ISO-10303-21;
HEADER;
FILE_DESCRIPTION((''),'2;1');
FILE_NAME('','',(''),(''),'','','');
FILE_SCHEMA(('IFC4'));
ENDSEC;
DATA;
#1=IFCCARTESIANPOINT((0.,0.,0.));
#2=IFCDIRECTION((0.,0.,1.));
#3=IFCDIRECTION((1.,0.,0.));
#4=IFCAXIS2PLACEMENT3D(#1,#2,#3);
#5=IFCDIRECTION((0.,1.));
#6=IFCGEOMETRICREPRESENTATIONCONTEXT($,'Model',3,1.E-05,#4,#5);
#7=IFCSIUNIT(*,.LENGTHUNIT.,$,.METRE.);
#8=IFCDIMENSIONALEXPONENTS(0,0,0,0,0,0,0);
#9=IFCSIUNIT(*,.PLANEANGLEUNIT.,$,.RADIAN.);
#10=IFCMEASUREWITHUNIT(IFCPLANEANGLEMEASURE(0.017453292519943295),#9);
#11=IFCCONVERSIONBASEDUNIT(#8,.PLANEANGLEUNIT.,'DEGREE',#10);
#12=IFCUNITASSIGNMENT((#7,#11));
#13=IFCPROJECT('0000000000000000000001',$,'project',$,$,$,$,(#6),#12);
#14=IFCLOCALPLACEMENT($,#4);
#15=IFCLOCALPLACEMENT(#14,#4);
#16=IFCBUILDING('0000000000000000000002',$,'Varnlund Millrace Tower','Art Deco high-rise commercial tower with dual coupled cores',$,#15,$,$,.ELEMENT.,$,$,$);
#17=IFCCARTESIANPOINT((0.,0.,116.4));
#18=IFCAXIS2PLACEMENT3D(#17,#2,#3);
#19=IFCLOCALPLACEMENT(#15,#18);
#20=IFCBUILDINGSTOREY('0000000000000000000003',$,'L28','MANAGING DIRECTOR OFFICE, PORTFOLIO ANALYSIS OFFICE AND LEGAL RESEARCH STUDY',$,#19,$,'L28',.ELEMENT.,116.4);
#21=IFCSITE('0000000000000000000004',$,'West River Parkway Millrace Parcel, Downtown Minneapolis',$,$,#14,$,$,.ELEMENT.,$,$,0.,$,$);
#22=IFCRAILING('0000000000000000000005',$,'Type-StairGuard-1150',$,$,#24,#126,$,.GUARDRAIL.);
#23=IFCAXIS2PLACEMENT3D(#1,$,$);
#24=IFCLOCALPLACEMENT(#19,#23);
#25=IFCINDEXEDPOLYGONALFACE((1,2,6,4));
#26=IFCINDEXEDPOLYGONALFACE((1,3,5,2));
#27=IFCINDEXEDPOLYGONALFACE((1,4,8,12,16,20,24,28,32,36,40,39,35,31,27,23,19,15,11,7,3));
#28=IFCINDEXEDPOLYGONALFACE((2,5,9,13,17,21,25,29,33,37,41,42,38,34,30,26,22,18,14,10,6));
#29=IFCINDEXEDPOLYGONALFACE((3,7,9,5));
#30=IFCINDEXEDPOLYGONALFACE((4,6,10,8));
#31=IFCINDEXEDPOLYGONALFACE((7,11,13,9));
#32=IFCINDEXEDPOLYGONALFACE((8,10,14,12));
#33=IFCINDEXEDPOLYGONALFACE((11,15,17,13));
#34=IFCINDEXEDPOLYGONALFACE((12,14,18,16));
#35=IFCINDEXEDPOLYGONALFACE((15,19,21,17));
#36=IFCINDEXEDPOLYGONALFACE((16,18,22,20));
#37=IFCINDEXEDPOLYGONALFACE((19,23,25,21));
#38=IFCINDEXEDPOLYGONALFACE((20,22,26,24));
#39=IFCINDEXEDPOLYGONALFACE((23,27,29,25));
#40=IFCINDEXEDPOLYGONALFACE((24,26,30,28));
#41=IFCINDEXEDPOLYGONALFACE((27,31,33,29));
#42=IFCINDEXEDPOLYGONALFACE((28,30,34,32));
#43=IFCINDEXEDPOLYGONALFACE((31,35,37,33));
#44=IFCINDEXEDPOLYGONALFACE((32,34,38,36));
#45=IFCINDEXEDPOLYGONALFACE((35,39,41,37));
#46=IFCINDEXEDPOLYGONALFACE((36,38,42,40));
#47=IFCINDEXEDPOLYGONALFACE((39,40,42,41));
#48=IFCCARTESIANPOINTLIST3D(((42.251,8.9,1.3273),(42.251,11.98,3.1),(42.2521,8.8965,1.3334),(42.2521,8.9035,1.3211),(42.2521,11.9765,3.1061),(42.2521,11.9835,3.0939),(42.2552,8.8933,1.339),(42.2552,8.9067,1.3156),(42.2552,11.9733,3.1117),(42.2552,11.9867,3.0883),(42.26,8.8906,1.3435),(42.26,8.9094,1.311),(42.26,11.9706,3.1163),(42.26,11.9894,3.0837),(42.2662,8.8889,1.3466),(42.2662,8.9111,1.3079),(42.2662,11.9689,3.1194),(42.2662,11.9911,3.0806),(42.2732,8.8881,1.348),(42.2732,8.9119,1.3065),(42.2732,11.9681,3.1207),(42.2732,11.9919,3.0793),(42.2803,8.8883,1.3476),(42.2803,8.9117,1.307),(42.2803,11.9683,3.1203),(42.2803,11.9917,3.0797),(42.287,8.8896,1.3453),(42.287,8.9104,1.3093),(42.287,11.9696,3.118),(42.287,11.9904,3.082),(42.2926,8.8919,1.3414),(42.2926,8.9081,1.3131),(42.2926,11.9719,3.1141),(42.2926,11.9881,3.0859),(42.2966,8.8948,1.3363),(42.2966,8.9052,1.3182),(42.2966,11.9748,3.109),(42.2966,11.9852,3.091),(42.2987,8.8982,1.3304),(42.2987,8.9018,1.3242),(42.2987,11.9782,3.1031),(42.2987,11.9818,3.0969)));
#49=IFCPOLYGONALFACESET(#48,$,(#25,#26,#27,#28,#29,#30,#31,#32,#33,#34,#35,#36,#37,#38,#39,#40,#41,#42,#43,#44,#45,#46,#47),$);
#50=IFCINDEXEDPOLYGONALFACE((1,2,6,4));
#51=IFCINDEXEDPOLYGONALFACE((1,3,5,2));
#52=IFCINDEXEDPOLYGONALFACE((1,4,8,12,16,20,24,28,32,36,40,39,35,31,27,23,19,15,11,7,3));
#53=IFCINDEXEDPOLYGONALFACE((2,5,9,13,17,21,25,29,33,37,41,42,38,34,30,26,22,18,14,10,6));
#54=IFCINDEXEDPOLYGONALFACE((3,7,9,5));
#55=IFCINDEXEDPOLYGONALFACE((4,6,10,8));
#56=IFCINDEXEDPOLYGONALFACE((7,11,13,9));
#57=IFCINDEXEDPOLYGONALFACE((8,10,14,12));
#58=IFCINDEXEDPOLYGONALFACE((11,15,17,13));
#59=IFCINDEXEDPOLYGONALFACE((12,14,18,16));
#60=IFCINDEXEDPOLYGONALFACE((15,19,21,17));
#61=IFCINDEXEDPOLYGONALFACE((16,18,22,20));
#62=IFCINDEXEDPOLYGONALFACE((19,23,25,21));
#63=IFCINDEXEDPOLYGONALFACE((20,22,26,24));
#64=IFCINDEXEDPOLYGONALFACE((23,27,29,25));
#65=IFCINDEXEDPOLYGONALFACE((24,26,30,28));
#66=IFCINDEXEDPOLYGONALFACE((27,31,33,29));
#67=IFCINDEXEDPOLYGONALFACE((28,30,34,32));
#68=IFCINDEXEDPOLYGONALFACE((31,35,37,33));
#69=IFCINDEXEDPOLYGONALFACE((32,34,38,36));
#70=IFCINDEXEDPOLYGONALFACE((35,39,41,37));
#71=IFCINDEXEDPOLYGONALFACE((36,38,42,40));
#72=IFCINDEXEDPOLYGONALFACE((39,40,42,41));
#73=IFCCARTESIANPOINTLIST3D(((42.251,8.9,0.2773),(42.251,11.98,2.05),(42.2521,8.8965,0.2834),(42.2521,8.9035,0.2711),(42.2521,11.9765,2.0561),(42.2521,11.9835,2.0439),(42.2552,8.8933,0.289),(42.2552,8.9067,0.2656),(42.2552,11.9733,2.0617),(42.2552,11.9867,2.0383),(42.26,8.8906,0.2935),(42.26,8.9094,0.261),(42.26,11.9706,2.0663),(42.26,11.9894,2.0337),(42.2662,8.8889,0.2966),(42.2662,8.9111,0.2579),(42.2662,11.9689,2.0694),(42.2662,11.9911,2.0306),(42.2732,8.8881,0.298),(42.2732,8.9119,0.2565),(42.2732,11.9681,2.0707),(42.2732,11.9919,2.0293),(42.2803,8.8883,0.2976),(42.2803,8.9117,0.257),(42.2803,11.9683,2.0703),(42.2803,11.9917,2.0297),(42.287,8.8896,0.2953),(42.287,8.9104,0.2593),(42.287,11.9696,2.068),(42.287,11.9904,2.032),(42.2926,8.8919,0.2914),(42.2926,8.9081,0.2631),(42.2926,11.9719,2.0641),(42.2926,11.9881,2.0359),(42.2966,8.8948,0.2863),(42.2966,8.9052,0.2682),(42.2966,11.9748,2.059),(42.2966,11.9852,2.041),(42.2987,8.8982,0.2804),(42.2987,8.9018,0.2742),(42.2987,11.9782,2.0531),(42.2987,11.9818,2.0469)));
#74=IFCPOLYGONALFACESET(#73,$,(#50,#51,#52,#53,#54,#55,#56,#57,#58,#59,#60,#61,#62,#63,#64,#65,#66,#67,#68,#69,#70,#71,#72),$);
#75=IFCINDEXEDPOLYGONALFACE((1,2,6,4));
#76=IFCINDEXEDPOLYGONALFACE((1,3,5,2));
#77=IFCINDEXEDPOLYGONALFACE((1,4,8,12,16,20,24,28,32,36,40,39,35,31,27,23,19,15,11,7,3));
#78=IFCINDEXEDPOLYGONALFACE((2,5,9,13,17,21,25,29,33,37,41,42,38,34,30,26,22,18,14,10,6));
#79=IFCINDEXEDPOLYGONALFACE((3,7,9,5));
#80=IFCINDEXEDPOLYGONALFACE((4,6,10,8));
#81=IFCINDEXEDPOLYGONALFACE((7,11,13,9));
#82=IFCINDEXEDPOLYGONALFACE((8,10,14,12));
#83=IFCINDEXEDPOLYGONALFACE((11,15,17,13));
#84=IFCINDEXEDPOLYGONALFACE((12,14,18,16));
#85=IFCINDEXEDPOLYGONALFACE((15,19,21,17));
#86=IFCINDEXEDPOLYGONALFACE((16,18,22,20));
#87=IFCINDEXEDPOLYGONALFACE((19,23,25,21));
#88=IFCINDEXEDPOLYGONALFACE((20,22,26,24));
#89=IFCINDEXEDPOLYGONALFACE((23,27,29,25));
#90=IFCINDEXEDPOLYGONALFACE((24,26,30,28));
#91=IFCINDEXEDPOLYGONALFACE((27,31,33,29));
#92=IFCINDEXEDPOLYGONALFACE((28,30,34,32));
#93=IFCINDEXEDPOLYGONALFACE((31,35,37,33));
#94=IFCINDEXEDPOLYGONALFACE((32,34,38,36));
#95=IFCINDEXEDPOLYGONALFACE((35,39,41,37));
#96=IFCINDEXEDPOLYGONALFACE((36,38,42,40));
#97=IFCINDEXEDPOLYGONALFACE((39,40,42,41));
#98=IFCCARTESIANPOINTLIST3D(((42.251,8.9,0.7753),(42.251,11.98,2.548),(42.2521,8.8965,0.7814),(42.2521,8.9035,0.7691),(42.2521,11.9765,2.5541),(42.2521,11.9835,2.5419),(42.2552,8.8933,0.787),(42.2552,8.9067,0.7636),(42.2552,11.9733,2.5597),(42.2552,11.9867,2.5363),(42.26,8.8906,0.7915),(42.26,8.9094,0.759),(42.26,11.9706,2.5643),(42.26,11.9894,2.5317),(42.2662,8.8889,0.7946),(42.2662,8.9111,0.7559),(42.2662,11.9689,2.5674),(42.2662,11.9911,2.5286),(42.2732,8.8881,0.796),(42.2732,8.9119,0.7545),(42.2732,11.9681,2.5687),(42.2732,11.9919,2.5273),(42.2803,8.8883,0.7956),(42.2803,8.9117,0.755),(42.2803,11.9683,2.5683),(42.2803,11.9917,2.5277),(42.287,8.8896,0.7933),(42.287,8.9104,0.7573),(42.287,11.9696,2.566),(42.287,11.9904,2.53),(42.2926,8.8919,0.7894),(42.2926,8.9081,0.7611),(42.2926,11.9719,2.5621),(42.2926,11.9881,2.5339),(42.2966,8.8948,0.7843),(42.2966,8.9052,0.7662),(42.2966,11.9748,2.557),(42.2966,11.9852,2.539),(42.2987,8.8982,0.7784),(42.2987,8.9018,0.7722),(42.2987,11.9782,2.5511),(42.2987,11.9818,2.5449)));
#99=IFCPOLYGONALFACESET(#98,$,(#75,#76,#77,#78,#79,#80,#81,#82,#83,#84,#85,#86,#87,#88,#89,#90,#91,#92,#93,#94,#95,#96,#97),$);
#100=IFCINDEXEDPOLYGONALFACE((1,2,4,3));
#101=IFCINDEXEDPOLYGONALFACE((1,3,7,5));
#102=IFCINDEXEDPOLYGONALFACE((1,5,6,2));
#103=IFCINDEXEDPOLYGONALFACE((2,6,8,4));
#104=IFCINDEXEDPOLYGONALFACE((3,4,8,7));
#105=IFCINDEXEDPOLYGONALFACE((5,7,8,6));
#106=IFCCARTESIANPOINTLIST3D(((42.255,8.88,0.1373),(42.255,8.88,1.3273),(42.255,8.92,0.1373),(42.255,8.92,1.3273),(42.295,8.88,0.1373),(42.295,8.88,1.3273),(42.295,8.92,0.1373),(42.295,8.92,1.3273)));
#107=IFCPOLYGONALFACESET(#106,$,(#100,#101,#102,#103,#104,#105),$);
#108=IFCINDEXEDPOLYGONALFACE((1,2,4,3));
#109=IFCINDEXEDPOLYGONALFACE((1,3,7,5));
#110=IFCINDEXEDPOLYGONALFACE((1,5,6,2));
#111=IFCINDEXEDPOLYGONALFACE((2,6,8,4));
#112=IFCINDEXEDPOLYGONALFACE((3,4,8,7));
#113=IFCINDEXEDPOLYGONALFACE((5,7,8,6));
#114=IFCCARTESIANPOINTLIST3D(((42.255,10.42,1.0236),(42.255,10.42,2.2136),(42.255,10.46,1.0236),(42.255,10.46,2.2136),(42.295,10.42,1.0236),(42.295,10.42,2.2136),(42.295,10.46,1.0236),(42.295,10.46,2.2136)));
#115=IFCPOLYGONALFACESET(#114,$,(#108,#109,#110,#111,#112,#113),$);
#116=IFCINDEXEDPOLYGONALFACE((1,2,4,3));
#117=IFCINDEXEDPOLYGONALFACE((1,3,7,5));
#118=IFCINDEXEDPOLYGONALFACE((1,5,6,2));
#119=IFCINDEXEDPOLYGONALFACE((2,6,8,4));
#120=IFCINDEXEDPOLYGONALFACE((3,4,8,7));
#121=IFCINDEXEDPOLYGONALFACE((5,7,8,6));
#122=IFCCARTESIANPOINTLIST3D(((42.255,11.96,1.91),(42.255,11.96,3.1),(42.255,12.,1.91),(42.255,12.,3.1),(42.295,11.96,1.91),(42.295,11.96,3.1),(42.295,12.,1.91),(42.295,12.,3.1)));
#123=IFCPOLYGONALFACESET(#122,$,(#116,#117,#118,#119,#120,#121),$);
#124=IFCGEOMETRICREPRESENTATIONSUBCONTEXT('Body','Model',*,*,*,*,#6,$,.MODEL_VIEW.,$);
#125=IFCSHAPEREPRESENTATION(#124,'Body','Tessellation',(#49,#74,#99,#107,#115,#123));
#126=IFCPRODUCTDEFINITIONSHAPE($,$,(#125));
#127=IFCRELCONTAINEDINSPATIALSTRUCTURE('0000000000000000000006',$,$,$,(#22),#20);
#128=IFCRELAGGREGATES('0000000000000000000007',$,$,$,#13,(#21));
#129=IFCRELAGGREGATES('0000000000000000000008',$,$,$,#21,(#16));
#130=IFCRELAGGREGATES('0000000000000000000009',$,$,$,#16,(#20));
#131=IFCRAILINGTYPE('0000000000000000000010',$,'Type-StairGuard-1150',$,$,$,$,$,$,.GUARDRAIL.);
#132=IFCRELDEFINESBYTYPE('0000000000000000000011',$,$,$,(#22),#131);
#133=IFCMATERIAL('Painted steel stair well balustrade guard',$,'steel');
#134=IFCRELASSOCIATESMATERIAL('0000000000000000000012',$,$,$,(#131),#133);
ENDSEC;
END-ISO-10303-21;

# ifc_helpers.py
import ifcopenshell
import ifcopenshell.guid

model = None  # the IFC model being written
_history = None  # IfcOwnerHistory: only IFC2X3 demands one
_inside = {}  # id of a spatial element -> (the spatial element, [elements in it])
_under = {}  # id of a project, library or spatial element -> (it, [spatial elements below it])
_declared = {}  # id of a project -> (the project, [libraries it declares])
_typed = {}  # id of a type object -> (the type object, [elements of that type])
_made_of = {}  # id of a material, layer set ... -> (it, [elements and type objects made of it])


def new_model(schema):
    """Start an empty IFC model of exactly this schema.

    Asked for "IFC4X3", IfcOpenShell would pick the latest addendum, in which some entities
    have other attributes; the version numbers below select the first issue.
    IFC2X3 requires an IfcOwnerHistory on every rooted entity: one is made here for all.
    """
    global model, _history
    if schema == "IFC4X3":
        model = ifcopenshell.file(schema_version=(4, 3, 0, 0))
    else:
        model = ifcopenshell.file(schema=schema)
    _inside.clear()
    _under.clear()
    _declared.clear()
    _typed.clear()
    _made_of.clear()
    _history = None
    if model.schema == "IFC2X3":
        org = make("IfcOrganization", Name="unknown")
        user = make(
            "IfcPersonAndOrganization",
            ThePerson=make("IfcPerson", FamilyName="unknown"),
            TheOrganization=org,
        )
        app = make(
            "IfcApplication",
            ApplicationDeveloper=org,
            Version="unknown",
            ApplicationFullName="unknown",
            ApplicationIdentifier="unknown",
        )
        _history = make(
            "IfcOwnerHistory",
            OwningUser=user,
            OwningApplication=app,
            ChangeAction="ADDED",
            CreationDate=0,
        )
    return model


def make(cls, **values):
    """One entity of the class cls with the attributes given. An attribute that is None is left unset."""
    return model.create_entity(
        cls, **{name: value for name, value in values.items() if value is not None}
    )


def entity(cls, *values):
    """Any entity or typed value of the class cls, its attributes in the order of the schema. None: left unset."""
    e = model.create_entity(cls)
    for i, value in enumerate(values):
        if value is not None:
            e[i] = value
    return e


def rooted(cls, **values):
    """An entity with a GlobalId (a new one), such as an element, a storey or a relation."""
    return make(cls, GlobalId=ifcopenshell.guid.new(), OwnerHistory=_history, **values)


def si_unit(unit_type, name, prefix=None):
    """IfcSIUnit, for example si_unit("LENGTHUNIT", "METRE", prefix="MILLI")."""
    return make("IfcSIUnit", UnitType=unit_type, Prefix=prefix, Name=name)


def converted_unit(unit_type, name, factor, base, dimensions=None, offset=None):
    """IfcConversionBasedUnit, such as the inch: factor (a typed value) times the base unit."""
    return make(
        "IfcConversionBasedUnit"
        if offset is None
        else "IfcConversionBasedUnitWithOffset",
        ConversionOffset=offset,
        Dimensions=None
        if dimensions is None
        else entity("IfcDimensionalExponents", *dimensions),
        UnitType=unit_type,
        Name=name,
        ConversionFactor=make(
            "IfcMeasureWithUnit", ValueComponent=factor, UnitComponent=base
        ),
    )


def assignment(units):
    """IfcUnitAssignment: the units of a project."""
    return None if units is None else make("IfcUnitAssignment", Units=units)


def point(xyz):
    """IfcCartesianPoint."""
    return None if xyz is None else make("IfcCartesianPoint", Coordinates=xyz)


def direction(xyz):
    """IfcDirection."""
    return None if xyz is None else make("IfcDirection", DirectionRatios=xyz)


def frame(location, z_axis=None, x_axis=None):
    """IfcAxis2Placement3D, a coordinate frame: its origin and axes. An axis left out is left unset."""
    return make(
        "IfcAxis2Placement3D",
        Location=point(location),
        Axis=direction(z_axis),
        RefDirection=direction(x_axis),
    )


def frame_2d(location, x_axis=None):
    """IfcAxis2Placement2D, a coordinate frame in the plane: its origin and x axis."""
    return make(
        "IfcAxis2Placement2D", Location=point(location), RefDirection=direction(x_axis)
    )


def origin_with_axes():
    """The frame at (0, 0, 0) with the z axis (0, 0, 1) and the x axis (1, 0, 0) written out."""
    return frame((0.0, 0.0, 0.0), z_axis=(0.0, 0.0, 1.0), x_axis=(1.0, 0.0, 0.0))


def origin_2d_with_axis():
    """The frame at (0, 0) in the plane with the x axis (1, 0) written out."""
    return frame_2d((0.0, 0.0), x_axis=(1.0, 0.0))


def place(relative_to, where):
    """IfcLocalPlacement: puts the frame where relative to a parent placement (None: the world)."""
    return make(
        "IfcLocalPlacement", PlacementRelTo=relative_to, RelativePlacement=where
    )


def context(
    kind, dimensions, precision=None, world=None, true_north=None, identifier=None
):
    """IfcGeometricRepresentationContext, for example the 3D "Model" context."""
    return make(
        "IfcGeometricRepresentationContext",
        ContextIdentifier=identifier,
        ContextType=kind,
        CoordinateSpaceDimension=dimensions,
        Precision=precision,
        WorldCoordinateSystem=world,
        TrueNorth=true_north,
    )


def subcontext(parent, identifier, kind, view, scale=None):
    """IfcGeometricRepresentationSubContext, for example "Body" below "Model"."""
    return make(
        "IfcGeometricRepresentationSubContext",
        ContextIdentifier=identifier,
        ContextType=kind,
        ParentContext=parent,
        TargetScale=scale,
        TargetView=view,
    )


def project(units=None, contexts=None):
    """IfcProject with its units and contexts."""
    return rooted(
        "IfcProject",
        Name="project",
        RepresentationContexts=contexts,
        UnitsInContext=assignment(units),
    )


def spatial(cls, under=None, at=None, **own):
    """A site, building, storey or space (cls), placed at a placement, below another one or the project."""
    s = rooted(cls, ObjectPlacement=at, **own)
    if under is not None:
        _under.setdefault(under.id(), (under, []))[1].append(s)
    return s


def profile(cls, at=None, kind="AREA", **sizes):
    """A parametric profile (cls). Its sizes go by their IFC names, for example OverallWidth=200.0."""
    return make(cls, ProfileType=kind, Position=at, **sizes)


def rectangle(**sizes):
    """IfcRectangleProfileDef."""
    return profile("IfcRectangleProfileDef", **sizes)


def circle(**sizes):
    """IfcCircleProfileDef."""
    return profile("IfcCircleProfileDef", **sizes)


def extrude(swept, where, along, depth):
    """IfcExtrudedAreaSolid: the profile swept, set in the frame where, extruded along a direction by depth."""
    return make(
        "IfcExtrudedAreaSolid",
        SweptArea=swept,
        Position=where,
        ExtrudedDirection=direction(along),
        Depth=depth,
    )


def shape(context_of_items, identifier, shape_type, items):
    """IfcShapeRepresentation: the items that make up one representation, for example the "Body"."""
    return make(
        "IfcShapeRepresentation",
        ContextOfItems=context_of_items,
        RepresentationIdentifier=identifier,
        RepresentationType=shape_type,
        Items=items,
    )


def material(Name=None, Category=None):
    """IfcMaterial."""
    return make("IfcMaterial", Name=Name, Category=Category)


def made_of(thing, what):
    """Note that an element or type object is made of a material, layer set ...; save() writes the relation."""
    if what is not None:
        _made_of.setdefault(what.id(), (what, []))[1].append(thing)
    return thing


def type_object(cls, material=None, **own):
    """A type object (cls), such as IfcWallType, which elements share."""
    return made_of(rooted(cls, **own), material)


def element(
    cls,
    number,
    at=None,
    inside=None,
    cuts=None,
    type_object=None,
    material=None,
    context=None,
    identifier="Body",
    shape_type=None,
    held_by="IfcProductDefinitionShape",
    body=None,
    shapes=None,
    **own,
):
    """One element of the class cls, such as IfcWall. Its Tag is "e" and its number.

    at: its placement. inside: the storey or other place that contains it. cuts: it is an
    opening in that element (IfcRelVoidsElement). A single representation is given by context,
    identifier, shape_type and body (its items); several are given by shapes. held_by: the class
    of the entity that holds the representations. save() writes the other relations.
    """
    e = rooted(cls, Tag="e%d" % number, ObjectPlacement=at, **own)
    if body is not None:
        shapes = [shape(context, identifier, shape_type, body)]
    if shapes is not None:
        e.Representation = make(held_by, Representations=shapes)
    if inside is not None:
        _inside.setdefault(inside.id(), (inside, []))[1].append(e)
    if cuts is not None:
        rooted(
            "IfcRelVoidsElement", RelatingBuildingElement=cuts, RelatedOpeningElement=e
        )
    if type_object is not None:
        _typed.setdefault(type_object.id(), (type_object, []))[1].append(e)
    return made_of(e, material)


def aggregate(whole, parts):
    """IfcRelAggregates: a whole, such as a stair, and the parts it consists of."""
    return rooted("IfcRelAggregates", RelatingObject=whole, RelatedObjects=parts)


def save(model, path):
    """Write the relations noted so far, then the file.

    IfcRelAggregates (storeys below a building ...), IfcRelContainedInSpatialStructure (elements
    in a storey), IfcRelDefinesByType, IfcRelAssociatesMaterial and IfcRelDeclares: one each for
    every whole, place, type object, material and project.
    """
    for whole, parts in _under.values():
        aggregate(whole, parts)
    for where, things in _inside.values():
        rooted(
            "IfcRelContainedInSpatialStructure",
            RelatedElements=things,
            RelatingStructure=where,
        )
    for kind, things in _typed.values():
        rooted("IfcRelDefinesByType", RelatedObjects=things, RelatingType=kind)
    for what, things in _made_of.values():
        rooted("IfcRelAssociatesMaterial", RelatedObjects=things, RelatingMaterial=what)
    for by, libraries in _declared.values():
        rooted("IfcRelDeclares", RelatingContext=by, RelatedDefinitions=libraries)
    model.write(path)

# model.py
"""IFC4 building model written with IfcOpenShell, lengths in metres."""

from ifc_helpers import new_model, entity, si_unit, converted_unit, direction, frame, origin_with_axes, origin_2d_with_axis, place, context, subcontext, project, spatial, rectangle, circle, extrude, material, type_object, element, save


model = new_model("IFC4")

# Units and contexts
model_context = context("Model", 3, precision=1e-05, world=origin_with_axes(), true_north=direction((0.0, 1.0)))
body_context = subcontext(model_context, "Body", "Model", "MODEL_VIEW")
ifc_project = project(units=[si_unit("LENGTHUNIT", "METRE"), converted_unit("PLANEANGLEUNIT", "DEGREE", entity("IfcPlaneAngleMeasure", 0.017453292519943295), si_unit("PLANEANGLEUNIT", "RADIAN"), dimensions=[0, 0, 0, 0, 0, 0, 0])], contexts=[model_context])

# Site, building, storey
site_placement = place(None, origin_with_axes())
site = spatial("IfcSite", under=ifc_project, at=site_placement, Name="West River Parkway Millrace Parcel, Downtown Minneapolis", CompositionType="ELEMENT", RefElevation=0.0)
building_placement = place(site_placement, origin_with_axes())
building = spatial("IfcBuilding", under=site, at=building_placement, Name="Varnlund Millrace Tower", Description="Art Deco high-rise commercial tower with dual coupled cores", CompositionType="ELEMENT")
storey_placement = place(building_placement, frame((0.0, 0.0, 116.4), z_axis=(0.0, 0.0, 1.0), x_axis=(1.0, 0.0, 0.0)))
storey = spatial("IfcBuildingStorey", under=building, at=storey_placement, Name="L28", Description="MANAGING DIRECTOR OFFICE, PORTFOLIO ANALYSIS OFFICE AND LEGAL RESEARCH STUDY", LongName="L28", CompositionType="ELEMENT", Elevation=116.4)

# Railing
ifc_material_1 = material(Name="Painted steel stair well balustrade guard", Category="steel")
railing_type_1 = type_object("IfcRailingType", Name="Type-StairGuard-1150", PredefinedType="GUARDRAIL", material=ifc_material_1)
railing_1_placement = place(storey_placement, frame((0.0, 0.0, -116.4), z_axis=(0.0, 0.0, 1.0), x_axis=(1.0, 0.0, 0.0)))
element("IfcRailing", 1, at=railing_1_placement, inside=storey, type_object=railing_type_1, Name="Type-StairGuard-1150", PredefinedType="GUARDRAIL", context=body_context, shape_type="SweptSolid", body=[
    extrude(circle(Radius=0.024, at=origin_2d_with_axis()), frame((42.275, 8.9, 117.7273), z_axis=(0.0, 0.866696, 0.498836), x_axis=(-1.0, 0.0, 0.0)), (0.0, 0.0, 1.0), 3.5537),
    extrude(circle(Radius=0.024, at=origin_2d_with_axis()), frame((42.275, 8.9, 116.6773), z_axis=(0.0, 0.866696, 0.498836), x_axis=(-1.0, 0.0, 0.0)), (0.0, 0.0, 1.0), 3.5537),
    extrude(circle(Radius=0.024, at=origin_2d_with_axis()), frame((42.275, 8.9, 117.1753), z_axis=(0.0, 0.866696, 0.498836), x_axis=(-1.0, 0.0, 0.0)), (0.0, 0.0, 1.0), 3.5537),
    extrude(rectangle(XDim=0.04, YDim=0.04, at=origin_2d_with_axis()), frame((42.275, 8.9, 116.5373), z_axis=(0.0, 0.0, 1.0), x_axis=(1.0, 0.0, 0.0)), (0.0, 0.0, 1.0), 1.19),
    extrude(rectangle(XDim=0.04, YDim=0.04, at=origin_2d_with_axis()), frame((42.275, 10.44, 117.4236), z_axis=(0.0, 0.0, 1.0), x_axis=(1.0, 0.0, 0.0)), (0.0, 0.0, 1.0), 1.19),
    extrude(rectangle(XDim=0.04, YDim=0.04, at=origin_2d_with_axis()), frame((42.275, 11.98, 118.31), z_axis=(0.0, 0.0, 1.0), x_axis=(1.0, 0.0, 0.0)), (0.0, 0.0, 1.0), 1.19),
])

save(model, "model.ifc")
